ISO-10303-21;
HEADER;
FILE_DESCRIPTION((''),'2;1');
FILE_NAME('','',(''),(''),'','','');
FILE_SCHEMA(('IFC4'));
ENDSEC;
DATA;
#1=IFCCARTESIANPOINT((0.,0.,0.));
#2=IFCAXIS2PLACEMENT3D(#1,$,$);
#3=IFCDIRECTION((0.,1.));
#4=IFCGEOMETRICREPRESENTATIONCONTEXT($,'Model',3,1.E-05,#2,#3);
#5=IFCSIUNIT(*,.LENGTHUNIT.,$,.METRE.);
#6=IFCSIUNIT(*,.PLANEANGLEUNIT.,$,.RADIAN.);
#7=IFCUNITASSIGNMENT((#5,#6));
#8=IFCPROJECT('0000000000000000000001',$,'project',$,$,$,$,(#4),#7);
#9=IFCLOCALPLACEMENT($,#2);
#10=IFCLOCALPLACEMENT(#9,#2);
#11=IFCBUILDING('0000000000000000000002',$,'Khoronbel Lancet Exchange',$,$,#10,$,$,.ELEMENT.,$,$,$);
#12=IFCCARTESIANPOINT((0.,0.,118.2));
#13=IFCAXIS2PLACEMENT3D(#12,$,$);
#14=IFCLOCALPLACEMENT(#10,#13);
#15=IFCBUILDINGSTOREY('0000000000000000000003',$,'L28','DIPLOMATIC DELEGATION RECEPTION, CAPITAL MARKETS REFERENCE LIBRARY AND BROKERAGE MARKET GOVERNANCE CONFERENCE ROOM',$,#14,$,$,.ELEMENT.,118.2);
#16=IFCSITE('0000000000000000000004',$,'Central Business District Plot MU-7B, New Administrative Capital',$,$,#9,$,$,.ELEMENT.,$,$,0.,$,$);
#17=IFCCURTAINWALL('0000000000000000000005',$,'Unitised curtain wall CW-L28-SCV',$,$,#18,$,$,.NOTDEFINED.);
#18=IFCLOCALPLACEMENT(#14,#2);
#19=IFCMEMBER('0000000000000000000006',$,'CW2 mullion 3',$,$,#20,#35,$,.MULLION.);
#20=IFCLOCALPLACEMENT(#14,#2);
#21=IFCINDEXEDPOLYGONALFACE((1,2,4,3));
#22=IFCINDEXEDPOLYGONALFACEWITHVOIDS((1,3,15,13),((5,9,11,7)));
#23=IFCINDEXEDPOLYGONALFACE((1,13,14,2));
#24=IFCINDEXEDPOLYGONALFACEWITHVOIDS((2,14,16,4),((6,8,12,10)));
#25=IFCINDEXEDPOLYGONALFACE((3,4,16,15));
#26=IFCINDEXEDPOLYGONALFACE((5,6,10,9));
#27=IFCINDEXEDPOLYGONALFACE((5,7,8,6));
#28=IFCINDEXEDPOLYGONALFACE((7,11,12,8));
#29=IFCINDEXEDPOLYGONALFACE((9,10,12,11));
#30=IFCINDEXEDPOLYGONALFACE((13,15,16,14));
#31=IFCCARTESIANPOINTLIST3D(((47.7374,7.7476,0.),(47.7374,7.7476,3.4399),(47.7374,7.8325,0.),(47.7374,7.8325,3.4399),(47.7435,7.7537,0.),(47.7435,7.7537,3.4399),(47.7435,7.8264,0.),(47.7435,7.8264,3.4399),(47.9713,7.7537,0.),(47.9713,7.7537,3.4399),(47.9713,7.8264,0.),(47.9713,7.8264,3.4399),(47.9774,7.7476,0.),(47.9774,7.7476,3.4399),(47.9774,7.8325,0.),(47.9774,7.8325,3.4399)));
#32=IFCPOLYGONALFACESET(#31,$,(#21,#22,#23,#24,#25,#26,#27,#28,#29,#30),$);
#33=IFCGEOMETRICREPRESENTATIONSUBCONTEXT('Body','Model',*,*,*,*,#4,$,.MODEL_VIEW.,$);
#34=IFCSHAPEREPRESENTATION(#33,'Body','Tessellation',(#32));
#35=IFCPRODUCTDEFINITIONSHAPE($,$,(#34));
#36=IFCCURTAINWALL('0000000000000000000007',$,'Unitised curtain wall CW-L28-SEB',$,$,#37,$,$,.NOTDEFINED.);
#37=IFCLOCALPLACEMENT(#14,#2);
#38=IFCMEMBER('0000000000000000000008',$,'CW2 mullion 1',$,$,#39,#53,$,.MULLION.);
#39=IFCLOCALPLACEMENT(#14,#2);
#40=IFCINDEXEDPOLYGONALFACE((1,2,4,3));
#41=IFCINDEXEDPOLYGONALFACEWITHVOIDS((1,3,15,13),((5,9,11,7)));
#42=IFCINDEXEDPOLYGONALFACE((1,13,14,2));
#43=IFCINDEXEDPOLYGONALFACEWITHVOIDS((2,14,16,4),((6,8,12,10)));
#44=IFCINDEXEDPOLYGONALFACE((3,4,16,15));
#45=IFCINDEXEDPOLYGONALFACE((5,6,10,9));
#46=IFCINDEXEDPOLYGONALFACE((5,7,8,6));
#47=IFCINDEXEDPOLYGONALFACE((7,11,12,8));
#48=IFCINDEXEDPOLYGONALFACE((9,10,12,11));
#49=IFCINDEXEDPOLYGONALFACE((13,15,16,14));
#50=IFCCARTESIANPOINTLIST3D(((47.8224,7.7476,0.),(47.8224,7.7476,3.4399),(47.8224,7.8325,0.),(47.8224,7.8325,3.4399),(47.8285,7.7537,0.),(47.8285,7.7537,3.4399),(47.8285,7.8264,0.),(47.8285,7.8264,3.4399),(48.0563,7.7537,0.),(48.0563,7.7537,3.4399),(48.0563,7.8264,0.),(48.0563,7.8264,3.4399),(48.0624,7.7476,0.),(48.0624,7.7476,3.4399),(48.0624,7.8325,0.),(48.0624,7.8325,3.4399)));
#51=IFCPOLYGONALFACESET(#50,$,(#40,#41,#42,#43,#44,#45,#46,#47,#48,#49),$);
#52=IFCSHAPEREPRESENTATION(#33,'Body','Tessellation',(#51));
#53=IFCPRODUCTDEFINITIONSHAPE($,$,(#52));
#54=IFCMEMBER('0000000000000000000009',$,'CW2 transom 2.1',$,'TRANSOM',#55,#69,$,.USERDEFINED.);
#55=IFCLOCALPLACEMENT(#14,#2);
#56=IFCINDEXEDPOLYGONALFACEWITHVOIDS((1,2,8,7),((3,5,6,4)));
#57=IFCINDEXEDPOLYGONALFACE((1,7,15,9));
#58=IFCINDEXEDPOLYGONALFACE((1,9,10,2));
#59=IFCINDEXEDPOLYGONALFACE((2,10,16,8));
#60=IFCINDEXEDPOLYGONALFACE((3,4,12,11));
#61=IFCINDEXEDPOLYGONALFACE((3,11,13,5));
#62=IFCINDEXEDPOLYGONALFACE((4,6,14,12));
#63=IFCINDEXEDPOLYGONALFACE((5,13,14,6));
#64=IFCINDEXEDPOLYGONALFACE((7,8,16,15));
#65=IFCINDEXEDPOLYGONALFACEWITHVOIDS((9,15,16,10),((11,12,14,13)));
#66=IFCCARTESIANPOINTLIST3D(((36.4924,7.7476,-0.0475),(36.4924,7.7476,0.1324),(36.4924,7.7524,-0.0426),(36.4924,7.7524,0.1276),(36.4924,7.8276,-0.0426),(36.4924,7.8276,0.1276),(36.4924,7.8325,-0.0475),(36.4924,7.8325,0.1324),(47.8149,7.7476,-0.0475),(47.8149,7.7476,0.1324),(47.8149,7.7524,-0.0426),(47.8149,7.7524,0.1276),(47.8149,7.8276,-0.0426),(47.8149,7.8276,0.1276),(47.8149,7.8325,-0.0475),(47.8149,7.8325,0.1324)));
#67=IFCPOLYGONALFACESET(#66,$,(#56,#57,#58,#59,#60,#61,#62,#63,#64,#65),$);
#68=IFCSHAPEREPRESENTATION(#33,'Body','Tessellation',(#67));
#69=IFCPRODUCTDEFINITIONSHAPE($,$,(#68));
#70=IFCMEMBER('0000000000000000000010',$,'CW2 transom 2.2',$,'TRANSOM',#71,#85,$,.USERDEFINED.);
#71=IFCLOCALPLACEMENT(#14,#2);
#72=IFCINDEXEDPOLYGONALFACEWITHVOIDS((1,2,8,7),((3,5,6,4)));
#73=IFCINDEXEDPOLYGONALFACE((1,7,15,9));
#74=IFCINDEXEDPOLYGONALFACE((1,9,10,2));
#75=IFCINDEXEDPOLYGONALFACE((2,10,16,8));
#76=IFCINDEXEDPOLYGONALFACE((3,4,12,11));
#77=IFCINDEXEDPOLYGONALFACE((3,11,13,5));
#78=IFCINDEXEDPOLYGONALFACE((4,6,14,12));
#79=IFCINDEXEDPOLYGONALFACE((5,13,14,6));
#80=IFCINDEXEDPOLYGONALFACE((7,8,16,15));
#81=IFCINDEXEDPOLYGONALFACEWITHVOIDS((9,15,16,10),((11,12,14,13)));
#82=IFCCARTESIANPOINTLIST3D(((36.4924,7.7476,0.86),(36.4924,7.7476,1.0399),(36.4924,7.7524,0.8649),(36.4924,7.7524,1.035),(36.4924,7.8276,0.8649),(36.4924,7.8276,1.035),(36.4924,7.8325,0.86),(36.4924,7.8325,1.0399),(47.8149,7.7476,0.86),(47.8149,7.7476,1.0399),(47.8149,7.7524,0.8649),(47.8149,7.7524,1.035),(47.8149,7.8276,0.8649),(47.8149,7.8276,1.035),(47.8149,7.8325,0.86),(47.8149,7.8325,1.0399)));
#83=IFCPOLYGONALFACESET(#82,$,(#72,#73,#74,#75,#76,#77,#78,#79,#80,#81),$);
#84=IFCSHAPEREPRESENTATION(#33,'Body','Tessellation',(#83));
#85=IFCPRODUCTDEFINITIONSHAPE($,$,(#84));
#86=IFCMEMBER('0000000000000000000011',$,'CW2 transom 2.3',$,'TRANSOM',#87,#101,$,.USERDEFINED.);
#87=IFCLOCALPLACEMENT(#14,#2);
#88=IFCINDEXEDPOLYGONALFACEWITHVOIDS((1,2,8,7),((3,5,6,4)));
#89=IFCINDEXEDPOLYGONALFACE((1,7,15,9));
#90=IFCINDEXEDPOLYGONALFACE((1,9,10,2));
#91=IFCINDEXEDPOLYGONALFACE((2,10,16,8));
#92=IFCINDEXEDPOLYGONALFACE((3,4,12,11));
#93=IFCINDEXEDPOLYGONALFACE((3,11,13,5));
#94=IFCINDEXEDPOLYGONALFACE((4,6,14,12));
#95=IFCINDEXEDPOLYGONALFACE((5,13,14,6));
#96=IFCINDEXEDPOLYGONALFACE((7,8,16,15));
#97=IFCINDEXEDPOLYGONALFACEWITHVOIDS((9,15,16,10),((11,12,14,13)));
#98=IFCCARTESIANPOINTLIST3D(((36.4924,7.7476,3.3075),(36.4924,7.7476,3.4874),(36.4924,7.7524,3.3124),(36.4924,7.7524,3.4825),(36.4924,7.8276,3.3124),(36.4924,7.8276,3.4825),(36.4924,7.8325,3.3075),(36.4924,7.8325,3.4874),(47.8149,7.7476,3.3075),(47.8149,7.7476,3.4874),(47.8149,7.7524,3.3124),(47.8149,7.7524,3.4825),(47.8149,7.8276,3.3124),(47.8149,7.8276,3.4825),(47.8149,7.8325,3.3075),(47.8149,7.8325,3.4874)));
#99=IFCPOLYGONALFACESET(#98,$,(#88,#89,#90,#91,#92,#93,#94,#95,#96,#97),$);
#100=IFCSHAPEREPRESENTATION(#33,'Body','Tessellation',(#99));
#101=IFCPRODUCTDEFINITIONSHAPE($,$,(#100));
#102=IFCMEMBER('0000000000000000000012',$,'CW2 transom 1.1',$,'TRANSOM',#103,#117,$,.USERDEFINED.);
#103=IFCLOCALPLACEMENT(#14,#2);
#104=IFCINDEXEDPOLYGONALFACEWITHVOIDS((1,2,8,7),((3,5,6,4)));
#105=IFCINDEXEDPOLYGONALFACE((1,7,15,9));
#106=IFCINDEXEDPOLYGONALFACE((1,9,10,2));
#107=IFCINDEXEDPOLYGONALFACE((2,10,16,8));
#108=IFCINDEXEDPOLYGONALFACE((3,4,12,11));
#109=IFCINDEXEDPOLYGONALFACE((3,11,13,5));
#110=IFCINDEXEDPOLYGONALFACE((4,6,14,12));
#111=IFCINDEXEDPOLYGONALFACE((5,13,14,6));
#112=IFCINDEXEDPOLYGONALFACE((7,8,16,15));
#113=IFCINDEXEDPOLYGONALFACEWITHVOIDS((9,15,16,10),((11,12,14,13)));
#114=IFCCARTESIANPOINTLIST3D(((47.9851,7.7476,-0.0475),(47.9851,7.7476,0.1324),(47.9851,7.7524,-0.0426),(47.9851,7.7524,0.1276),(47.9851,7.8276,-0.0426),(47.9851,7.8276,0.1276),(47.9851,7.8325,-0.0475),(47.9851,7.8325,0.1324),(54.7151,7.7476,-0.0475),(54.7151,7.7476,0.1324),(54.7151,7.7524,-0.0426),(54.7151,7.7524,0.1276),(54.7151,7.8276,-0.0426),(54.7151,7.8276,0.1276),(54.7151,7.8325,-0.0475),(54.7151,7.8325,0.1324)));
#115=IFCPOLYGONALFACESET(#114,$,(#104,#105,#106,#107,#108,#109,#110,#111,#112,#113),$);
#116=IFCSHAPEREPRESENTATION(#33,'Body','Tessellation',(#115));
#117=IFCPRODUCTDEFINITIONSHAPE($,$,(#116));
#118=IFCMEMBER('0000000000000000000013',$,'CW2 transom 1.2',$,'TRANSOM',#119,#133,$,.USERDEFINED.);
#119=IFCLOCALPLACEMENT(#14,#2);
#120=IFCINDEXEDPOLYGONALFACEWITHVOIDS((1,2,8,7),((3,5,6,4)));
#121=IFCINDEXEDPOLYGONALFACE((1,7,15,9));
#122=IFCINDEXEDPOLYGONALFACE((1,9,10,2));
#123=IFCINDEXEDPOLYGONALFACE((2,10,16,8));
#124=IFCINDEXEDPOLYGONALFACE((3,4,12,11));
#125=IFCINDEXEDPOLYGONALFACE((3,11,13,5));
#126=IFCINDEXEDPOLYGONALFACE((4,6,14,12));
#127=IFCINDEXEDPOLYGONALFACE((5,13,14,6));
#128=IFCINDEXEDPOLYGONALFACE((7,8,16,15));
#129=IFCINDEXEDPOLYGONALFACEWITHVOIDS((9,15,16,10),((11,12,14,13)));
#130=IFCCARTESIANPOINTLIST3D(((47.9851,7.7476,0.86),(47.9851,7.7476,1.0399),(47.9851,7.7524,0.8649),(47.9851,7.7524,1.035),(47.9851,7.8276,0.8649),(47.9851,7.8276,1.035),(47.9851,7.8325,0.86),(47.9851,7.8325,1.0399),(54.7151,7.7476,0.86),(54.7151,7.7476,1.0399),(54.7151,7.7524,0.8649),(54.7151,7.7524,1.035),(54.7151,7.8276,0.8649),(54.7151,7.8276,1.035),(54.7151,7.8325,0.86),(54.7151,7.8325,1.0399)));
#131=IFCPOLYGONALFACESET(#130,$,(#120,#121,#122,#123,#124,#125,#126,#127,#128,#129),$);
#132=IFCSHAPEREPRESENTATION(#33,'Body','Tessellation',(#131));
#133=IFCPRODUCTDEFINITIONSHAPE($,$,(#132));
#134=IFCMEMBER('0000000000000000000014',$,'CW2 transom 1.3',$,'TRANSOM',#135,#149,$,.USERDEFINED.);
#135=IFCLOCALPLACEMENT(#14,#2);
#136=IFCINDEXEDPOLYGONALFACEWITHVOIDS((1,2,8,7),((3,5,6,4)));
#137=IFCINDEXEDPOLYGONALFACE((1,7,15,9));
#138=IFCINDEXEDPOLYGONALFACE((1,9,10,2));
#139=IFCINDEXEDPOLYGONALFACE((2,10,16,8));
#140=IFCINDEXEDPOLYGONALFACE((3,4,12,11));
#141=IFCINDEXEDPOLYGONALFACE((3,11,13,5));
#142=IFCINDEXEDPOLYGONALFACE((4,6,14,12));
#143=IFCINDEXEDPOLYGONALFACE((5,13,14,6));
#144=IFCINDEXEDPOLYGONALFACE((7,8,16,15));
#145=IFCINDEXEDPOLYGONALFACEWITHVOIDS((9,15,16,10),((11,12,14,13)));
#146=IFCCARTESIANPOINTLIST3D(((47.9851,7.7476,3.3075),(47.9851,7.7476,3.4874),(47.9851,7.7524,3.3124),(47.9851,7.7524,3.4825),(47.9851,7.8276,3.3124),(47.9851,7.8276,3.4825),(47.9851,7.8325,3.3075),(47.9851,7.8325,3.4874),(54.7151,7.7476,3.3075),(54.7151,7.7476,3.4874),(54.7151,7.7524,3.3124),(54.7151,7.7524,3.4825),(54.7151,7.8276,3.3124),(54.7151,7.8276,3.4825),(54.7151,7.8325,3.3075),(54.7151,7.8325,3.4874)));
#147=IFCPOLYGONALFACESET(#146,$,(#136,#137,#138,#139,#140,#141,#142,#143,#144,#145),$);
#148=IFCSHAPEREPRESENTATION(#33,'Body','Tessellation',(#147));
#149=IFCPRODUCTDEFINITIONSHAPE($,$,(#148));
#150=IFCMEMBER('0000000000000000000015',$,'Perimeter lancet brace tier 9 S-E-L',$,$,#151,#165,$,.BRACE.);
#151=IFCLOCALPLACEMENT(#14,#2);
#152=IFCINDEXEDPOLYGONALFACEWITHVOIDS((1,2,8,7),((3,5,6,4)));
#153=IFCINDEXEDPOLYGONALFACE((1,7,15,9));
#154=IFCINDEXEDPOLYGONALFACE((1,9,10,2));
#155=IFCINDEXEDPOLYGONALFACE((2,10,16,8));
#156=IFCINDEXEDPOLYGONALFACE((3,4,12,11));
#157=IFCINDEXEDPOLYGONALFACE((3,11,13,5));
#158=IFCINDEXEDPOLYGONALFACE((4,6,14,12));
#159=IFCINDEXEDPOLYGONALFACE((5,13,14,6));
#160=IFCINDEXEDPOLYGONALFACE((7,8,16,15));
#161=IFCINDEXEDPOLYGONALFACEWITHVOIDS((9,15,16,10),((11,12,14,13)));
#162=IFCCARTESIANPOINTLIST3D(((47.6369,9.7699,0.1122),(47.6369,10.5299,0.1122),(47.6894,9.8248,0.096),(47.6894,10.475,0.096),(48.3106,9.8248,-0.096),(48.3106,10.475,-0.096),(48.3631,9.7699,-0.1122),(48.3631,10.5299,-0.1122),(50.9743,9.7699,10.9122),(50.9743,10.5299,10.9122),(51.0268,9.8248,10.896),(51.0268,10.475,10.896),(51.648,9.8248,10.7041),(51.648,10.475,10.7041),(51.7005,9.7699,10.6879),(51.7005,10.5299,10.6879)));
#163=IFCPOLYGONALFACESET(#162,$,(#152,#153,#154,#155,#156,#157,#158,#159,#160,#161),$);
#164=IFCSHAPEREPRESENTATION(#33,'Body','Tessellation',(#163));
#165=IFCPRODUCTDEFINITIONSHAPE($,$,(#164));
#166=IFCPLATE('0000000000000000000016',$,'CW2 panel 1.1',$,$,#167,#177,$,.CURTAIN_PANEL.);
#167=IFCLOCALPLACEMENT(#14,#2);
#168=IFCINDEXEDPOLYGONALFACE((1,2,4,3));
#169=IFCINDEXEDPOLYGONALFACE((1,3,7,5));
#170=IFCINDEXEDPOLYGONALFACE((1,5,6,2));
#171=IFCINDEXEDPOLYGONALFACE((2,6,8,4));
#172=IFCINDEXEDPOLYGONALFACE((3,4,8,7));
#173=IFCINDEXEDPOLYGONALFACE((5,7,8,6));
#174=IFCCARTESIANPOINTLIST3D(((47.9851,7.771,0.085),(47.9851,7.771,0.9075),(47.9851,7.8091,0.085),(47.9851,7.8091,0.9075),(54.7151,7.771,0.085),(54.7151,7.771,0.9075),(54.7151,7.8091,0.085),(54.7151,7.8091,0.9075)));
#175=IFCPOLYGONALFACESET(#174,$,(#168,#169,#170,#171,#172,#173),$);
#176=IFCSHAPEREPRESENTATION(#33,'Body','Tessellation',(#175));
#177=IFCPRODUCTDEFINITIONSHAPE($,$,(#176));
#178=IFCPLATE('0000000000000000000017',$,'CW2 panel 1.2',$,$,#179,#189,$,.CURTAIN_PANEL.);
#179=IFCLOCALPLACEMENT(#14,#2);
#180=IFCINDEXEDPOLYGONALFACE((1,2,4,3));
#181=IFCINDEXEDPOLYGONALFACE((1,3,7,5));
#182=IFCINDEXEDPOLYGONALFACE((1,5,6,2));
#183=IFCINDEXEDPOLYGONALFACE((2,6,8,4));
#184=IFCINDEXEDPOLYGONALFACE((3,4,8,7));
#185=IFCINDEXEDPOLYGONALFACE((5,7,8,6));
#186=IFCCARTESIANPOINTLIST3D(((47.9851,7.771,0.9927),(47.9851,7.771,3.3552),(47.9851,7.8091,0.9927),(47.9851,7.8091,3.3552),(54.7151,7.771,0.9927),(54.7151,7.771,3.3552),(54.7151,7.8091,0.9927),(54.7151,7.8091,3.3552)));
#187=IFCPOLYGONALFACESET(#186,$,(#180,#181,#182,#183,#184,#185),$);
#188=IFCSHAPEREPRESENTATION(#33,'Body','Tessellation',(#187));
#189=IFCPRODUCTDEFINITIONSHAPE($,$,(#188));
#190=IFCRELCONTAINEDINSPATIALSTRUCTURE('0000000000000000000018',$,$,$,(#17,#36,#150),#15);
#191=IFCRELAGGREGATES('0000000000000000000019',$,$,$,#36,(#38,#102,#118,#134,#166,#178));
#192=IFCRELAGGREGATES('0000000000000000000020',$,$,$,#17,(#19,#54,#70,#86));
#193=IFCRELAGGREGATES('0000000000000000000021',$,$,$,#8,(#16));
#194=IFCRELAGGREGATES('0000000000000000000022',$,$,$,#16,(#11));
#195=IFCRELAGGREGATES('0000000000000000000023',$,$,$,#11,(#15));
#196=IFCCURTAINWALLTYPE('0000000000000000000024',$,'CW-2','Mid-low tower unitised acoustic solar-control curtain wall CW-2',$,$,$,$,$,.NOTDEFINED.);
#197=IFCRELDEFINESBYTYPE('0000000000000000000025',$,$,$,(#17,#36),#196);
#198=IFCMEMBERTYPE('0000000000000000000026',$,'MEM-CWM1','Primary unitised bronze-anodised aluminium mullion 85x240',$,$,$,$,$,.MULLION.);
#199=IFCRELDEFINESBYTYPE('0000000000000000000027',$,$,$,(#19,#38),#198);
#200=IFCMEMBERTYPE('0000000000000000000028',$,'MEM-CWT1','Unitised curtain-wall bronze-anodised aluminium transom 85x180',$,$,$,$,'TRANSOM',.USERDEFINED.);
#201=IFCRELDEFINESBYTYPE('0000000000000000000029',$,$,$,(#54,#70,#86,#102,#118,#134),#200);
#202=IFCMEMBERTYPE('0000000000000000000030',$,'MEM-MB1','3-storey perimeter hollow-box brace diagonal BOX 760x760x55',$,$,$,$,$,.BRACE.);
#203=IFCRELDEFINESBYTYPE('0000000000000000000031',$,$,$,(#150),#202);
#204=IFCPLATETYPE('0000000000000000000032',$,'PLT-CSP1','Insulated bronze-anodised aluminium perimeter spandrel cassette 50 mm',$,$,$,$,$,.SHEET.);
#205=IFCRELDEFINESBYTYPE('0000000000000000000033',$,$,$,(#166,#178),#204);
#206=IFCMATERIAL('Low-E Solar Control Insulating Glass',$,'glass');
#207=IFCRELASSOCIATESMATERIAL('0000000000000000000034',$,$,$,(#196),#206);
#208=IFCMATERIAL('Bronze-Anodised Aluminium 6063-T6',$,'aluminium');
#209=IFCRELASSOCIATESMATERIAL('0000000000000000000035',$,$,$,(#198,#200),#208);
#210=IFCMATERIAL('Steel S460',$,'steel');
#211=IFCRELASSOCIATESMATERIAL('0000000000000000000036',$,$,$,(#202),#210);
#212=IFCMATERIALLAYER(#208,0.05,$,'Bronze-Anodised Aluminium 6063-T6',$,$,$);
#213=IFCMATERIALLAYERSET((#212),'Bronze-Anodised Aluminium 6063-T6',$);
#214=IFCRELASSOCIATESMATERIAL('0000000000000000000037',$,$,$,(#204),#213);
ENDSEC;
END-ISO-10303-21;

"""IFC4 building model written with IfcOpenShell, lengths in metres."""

from ifc_helpers import new_model, si_unit, direction, frame, origin, origin_2d, place, context, subcontext, project, spatial, rectangle, hollow_rectangle, extrude, material, layer, layer_set, material_profile, profile_set, type_object, element, aggregate, save


model = new_model("IFC4")

# Units and contexts
model_context = context("Model", 3, precision=1e-05, world=origin(), true_north=direction((0.0, 1.0)))
body_context = subcontext(model_context, "Body", "Model", "MODEL_VIEW")
ifc_project = project(units=[si_unit("LENGTHUNIT", "METRE"), si_unit("PLANEANGLEUNIT", "RADIAN")], contexts=[model_context])

# Site, building, storey
site_placement = place(None, origin())
site = spatial("IfcSite", under=ifc_project, at=site_placement, Name="Central Business District Plot MU-7B, New Administrative Capital", CompositionType="ELEMENT", RefElevation=0.0)
building_placement = place(site_placement, origin())
building = spatial("IfcBuilding", under=site, at=building_placement, Name="Khoronbel Lancet Exchange", CompositionType="ELEMENT")
storey_placement = place(building_placement, frame((0.0, 0.0, 118.2)))
storey = spatial("IfcBuildingStorey", under=building, at=storey_placement, Name="L28", Description="DIPLOMATIC DELEGATION RECEPTION, CAPITAL MARKETS REFERENCE LIBRARY AND BROKERAGE MARKET GOVERNANCE CONFERENCE ROOM", CompositionType="ELEMENT", Elevation=118.2)

# Shared definitions
ifc_material_1 = material(Name="Steel S460", Category="steel")

# Curtain wall, member
ifc_material_2 = material(Name="Low-E Solar Control Insulating Glass", Category="glass")
curtain_wall_type = type_object("IfcCurtainWallType", Name="CW-2", Description="Mid-low tower unitised acoustic solar-control curtain wall CW-2", PredefinedType="NOTDEFINED", material=ifc_material_2)
curtain_wall_1_placement = place(storey_placement, origin())
curtain_wall_1 = element("IfcCurtainWall", 1, at=curtain_wall_1_placement, inside=storey, type_object=curtain_wall_type, Name="Unitised curtain wall CW-L28-SCV", PredefinedType="NOTDEFINED")
ifc_material_3 = material(Name="Bronze-Anodised Aluminium 6063-T6", Category="aluminium")
ifc_material_profile_1 = material_profile(ifc_material_3, hollow_rectangle(XDim=0.085, YDim=0.24, WallThickness=0.0061, at=origin_2d()), Name="ALU MULLION 85x240")
ifc_profile_set_1 = profile_set([ifc_material_profile_1], Name="Bronze-Anodised Aluminium 6063-T6")
member_type_1 = type_object("IfcMemberType", Name="MEM-CWM1", Description="Primary unitised bronze-anodised aluminium mullion 85x240", PredefinedType="MULLION", material=ifc_profile_set_1)
member_1_placement = place(storey_placement, frame((47.8574, 7.79, 0.0), z_axis=(0.0, 0.0, 1.0), x_axis=(0.0, 1.0, 0.0)))
member_1 = element("IfcMember", 2, at=member_1_placement, type_object=member_type_1, Name="CW2 mullion 3", PredefinedType="MULLION", context=body_context, shape_type="SweptSolid", body=[
    extrude(hollow_rectangle(XDim=0.085, YDim=0.24, WallThickness=0.0061, at=origin_2d()), origin(), (0.0, 0.0, 1.0), 3.4399),
])

# Curtain wall, member
curtain_wall_2_placement = place(storey_placement, origin())
curtain_wall_2 = element("IfcCurtainWall", 3, at=curtain_wall_2_placement, inside=storey, type_object=curtain_wall_type, Name="Unitised curtain wall CW-L28-SEB", PredefinedType="NOTDEFINED")
member_2_placement = place(storey_placement, frame((47.9424, 7.79, 0.0), z_axis=(0.0, 0.0, 1.0), x_axis=(0.0, 1.0, 0.0)))
member_2 = element("IfcMember", 4, at=member_2_placement, type_object=member_type_1, Name="CW2 mullion 1", PredefinedType="MULLION", context=body_context, shape_type="SweptSolid", body=[
    extrude(hollow_rectangle(XDim=0.085, YDim=0.24, WallThickness=0.0061, at=origin_2d()), origin(), (0.0, 0.0, 1.0), 3.4399),
])

# Members
ifc_material_profile_2 = material_profile(ifc_material_3, hollow_rectangle(XDim=0.085, YDim=0.1799, WallThickness=0.0049, at=origin_2d()), Name="ALU TRANSOM 85x180")
ifc_profile_set_2 = profile_set([ifc_material_profile_2], Name="Bronze-Anodised Aluminium 6063-T6")
member_type_2 = type_object("IfcMemberType", Name="MEM-CWT1", Description="Unitised curtain-wall bronze-anodised aluminium transom 85x180", ElementType="TRANSOM", PredefinedType="USERDEFINED", material=ifc_profile_set_2)
member_3_placement = place(storey_placement, frame((36.4924, 7.79, 0.0425), z_axis=(1.0, 0.0, 0.0), x_axis=(0.0, 1.0, 0.0)))
member_3 = element("IfcMember", 5, at=member_3_placement, type_object=member_type_2, Name="CW2 transom 2.1", ObjectType="TRANSOM", PredefinedType="USERDEFINED", context=body_context, shape_type="SweptSolid", body=[
    extrude(hollow_rectangle(XDim=0.085, YDim=0.1799, WallThickness=0.0049, at=origin_2d()), origin(), (0.0, 0.0, 1.0), 11.3225),
])
member_4_placement = place(storey_placement, frame((36.4924, 7.79, 0.95), z_axis=(1.0, 0.0, 0.0), x_axis=(0.0, 1.0, 0.0)))
member_4 = element("IfcMember", 6, at=member_4_placement, type_object=member_type_2, Name="CW2 transom 2.2", ObjectType="TRANSOM", PredefinedType="USERDEFINED", context=body_context, shape_type="SweptSolid", body=[
    extrude(hollow_rectangle(XDim=0.085, YDim=0.1799, WallThickness=0.0049, at=origin_2d()), origin(), (0.0, 0.0, 1.0), 11.3225),
])
member_5_placement = place(storey_placement, frame((36.4924, 7.79, 3.3975), z_axis=(1.0, 0.0, 0.0), x_axis=(0.0, 1.0, 0.0)))
member_5 = element("IfcMember", 7, at=member_5_placement, type_object=member_type_2, Name="CW2 transom 2.3", ObjectType="TRANSOM", PredefinedType="USERDEFINED", context=body_context, shape_type="SweptSolid", body=[
    extrude(hollow_rectangle(XDim=0.085, YDim=0.1799, WallThickness=0.0049, at=origin_2d()), origin(), (0.0, 0.0, 1.0), 11.3225),
])
member_6_placement = place(storey_placement, frame((47.9851, 7.79, 0.0425), z_axis=(1.0, 0.0, 0.0), x_axis=(0.0, 1.0, 0.0)))
member_6 = element("IfcMember", 8, at=member_6_placement, type_object=member_type_2, Name="CW2 transom 1.1", ObjectType="TRANSOM", PredefinedType="USERDEFINED", context=body_context, shape_type="SweptSolid", body=[
    extrude(hollow_rectangle(XDim=0.085, YDim=0.1799, WallThickness=0.0049, at=origin_2d()), origin(), (0.0, 0.0, 1.0), 6.73),
])
member_7_placement = place(storey_placement, frame((47.9851, 7.79, 0.95), z_axis=(1.0, 0.0, 0.0), x_axis=(0.0, 1.0, 0.0)))
member_7 = element("IfcMember", 9, at=member_7_placement, type_object=member_type_2, Name="CW2 transom 1.2", ObjectType="TRANSOM", PredefinedType="USERDEFINED", context=body_context, shape_type="SweptSolid", body=[
    extrude(hollow_rectangle(XDim=0.085, YDim=0.1799, WallThickness=0.0049, at=origin_2d()), origin(), (0.0, 0.0, 1.0), 6.73),
])
member_8_placement = place(storey_placement, frame((47.9851, 7.79, 3.3975), z_axis=(1.0, 0.0, 0.0), x_axis=(0.0, 1.0, 0.0)))
member_8 = element("IfcMember", 10, at=member_8_placement, type_object=member_type_2, Name="CW2 transom 1.3", ObjectType="TRANSOM", PredefinedType="USERDEFINED", context=body_context, shape_type="SweptSolid", body=[
    extrude(hollow_rectangle(XDim=0.085, YDim=0.1799, WallThickness=0.0049, at=origin_2d()), origin(), (0.0, 0.0, 1.0), 6.73),
])
ifc_material_profile_3 = material_profile(ifc_material_1, hollow_rectangle(XDim=0.76, YDim=0.76, WallThickness=0.0549, at=origin_2d()), Name="BOX 760x760x55")
ifc_profile_set_3 = profile_set([ifc_material_profile_3], Name="Steel S460")
member_type_3 = type_object("IfcMemberType", Name="MEM-MB1", Description="3-storey perimeter hollow-box brace diagonal BOX 760x760x55", PredefinedType="BRACE", material=ifc_profile_set_3)
member_9_placement = place(storey_placement, frame((48.0, 10.1499, 0.0), z_axis=(0.295242, 0.0, 0.955422), x_axis=(0.0, 1.0, 0.0)))
element("IfcMember", 11, at=member_9_placement, inside=storey, type_object=member_type_3, Name="Perimeter lancet brace tier 9 S-E-L", PredefinedType="BRACE", context=body_context, shape_type="SweptSolid", body=[
    extrude(hollow_rectangle(XDim=0.76, YDim=0.76, WallThickness=0.0549, at=origin_2d()), origin(), (0.0, 0.0, 1.0), 11.304),
])

# Plates
ifc_layer_1 = layer(ifc_material_3, 0.05, Name="Bronze-Anodised Aluminium 6063-T6")
ifc_layer_set_1 = layer_set([ifc_layer_1], Name="Bronze-Anodised Aluminium 6063-T6")
plate_type_1 = type_object("IfcPlateType", Name="PLT-CSP1", Description="Insulated bronze-anodised aluminium perimeter spandrel cassette 50 mm", PredefinedType="SHEET", material=ifc_layer_set_1)
plate_1_placement = place(storey_placement, frame((51.3501, 7.79, 0.085), z_axis=(0.0, 0.0, 1.0), x_axis=(1.0, 0.0, 0.0)))
plate_1 = element("IfcPlate", 12, at=plate_1_placement, type_object=plate_type_1, Name="CW2 panel 1.1", PredefinedType="CURTAIN_PANEL", context=body_context, shape_type="SweptSolid", body=[
    extrude(rectangle(XDim=6.73, YDim=0.0381, at=origin_2d()), origin(), (0.0, 0.0, 1.0), 0.8225),
])
plate_2_placement = place(storey_placement, frame((51.3501, 7.79, 0.9927), z_axis=(0.0, 0.0, 1.0), x_axis=(1.0, 0.0, 0.0)))
plate_2 = element("IfcPlate", 13, at=plate_2_placement, type_object=plate_type_1, Name="CW2 panel 1.2", PredefinedType="CURTAIN_PANEL", context=body_context, shape_type="SweptSolid", body=[
    extrude(rectangle(XDim=6.73, YDim=0.0381, at=origin_2d()), origin(), (0.0, 0.0, 1.0), 2.3625),
])
aggregate(curtain_wall_2, [member_2, member_6, member_7, member_8, plate_1, plate_2])
aggregate(curtain_wall_1, [member_1, member_3, member_4, member_5])

save(model, "model.ifc")
